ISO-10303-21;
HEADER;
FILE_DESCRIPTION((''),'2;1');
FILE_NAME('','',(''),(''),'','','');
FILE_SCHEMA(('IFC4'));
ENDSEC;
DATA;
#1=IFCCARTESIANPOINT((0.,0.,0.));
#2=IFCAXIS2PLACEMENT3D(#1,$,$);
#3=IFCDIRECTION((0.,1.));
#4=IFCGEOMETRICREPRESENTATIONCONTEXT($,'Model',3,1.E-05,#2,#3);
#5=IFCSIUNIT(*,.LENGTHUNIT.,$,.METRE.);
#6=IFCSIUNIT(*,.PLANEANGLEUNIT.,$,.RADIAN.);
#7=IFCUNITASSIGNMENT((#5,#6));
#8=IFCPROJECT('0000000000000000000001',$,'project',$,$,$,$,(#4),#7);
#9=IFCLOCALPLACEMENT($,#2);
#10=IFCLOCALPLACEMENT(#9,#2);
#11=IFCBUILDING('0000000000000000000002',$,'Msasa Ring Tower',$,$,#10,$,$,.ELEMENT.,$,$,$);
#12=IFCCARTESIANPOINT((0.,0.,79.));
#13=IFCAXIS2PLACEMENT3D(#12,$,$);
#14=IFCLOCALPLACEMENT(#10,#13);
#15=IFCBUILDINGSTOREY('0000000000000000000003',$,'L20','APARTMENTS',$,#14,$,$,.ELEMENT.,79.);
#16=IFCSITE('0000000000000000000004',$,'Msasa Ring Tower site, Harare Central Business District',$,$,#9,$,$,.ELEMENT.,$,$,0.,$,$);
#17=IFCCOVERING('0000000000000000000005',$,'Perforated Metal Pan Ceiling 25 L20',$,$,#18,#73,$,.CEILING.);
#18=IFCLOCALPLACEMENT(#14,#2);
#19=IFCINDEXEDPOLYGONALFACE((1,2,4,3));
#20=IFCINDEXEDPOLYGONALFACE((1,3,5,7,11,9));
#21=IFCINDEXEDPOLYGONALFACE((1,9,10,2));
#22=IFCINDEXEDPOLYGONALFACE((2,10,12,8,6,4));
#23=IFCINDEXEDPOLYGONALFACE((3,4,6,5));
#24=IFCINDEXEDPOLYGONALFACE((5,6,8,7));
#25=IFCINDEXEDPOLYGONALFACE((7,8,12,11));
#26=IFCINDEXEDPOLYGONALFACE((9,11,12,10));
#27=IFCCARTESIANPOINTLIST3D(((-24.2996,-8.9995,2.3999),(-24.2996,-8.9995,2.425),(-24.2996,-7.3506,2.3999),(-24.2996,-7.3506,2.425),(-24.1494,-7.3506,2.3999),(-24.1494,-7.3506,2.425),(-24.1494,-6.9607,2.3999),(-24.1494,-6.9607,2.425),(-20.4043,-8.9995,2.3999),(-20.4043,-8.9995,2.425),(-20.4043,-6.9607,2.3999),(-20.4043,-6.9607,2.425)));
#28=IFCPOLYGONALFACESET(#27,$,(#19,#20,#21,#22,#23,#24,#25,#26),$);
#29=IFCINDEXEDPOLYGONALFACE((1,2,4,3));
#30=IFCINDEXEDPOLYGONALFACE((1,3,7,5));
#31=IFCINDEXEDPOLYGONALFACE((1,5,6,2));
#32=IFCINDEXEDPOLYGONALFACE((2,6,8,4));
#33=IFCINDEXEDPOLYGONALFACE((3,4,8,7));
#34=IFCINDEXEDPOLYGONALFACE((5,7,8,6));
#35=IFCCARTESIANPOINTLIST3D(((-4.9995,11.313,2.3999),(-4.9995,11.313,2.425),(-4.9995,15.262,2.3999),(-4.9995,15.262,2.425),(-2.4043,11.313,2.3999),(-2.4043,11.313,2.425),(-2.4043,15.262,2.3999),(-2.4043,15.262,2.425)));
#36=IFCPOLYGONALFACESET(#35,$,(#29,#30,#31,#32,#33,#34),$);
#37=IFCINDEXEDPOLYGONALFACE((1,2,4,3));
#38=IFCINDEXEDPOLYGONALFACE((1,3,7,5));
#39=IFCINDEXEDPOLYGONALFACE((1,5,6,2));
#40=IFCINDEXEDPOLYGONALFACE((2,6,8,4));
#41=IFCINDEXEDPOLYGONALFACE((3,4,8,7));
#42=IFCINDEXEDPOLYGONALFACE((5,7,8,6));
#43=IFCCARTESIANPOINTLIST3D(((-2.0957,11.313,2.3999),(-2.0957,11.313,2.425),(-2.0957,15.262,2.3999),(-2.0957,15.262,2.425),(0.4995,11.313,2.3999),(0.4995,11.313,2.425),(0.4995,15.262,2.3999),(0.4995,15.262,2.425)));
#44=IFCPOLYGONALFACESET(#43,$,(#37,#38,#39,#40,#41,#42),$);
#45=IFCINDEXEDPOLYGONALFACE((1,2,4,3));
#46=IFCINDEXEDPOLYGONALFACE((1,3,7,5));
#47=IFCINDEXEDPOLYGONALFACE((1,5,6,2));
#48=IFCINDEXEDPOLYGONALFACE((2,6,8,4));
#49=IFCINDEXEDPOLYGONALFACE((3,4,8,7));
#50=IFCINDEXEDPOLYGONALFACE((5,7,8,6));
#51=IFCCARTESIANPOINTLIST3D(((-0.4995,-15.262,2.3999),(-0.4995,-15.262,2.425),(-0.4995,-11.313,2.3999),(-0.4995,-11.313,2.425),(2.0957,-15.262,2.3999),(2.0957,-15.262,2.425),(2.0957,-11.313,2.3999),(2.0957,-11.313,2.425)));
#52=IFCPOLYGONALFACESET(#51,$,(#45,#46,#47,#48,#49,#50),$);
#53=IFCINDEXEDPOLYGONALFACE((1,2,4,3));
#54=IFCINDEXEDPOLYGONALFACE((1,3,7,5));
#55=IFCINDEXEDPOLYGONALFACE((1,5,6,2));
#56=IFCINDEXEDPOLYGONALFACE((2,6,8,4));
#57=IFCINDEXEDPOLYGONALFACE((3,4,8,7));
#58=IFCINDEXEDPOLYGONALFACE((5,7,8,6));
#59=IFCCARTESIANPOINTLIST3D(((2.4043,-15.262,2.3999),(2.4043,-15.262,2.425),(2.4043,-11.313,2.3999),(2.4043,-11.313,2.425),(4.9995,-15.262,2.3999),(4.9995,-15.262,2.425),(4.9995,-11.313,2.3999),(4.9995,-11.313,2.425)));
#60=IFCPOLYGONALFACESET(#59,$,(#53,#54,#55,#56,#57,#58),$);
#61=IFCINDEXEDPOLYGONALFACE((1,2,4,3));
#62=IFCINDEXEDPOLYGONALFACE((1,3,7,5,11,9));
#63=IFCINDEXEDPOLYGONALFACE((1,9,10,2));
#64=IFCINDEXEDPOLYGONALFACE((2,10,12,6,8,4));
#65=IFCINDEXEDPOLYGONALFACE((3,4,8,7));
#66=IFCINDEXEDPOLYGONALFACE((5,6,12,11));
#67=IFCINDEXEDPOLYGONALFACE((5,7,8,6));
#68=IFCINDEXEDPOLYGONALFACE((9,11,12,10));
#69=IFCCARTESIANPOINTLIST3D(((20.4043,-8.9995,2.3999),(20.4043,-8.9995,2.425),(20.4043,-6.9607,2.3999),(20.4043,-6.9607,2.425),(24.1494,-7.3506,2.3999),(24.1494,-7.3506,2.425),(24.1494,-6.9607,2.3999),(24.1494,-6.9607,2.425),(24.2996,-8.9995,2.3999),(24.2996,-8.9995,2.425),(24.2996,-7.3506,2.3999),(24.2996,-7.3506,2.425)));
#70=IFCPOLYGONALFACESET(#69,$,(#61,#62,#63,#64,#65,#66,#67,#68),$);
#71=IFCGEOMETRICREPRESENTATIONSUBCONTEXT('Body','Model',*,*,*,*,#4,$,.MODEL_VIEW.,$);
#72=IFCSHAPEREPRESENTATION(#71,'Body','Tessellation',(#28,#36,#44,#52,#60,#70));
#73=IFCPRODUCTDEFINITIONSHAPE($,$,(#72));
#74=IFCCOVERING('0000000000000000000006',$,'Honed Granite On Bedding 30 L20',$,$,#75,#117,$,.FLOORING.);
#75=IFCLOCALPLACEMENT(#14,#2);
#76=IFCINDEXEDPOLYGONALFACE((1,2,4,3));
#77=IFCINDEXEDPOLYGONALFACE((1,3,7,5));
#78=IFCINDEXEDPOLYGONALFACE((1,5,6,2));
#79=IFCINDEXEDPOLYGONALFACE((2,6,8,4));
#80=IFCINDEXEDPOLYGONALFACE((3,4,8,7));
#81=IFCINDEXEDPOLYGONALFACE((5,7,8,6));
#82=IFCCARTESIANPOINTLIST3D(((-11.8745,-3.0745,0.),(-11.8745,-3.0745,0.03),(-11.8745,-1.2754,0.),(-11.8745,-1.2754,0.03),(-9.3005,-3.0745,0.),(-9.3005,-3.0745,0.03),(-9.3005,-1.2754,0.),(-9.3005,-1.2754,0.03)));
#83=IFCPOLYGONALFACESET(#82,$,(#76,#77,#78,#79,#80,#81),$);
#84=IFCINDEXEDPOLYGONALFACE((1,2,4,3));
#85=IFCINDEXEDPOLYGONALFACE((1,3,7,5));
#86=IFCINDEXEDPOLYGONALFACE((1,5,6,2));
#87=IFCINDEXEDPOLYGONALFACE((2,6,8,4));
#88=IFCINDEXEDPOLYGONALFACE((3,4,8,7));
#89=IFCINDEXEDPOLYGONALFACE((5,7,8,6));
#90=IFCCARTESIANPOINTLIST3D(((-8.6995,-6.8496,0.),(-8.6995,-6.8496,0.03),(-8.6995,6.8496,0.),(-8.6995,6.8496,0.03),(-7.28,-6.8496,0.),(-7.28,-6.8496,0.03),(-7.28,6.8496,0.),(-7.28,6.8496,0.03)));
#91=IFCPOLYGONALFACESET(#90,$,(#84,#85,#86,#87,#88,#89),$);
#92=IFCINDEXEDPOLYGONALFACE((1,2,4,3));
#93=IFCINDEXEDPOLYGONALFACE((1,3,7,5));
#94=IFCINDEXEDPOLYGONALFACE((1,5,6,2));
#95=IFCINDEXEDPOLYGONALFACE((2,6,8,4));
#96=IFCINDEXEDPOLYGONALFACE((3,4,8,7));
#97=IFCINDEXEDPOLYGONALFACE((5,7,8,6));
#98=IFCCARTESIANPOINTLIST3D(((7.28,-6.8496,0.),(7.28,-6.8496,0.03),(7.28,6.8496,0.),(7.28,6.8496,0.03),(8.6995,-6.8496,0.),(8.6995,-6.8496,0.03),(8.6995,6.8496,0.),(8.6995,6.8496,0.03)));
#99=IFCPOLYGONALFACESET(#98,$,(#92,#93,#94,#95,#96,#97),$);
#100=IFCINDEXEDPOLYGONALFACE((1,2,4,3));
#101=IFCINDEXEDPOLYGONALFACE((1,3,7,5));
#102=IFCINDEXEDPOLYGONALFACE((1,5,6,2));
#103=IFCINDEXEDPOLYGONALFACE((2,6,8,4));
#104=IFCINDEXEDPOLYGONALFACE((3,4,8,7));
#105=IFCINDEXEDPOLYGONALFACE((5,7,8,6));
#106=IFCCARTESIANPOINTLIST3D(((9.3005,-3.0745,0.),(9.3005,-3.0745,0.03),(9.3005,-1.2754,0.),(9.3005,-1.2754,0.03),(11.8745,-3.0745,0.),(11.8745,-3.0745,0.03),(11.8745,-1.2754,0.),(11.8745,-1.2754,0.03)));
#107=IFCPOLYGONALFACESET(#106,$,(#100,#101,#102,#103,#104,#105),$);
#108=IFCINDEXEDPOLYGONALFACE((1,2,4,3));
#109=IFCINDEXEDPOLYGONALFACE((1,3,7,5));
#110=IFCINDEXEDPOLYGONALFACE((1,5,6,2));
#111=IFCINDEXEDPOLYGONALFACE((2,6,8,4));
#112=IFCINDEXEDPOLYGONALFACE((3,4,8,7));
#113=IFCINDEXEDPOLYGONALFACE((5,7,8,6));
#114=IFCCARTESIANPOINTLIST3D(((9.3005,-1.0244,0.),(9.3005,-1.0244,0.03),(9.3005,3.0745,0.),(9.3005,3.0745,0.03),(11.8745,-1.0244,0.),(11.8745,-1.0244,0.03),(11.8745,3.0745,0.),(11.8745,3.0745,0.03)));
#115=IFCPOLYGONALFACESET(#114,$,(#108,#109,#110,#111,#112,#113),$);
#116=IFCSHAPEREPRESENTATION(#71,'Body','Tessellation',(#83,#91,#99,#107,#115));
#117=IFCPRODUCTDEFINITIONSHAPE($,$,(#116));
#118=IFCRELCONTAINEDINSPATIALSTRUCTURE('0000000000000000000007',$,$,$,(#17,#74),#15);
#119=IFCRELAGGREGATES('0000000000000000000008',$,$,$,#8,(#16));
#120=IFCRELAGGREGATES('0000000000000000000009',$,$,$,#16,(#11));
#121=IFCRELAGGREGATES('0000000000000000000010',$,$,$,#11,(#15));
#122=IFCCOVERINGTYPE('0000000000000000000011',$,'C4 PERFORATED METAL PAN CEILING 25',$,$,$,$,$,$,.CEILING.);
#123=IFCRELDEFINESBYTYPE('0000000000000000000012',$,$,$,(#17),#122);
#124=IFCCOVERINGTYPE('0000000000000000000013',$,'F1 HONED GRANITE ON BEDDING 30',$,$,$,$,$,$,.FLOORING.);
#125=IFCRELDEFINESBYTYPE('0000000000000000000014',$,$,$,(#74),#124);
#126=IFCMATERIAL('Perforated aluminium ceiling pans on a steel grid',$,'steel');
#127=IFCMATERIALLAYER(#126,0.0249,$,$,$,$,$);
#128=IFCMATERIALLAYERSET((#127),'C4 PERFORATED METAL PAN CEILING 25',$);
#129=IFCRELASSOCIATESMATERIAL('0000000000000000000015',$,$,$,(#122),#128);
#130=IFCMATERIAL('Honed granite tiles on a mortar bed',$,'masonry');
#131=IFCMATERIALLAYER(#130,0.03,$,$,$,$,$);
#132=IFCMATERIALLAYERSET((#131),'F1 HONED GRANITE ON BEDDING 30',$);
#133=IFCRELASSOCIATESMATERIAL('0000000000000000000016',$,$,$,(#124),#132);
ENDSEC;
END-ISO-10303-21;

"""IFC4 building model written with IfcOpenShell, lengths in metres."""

from ifc_helpers import new_model, si_unit, direction, frame, origin, place, context, subcontext, project, spatial, line, indexed_curve, outline, extrude, material, layer, layer_set, type_object, element, save


model = new_model("IFC4")

# Units and contexts
model_context = context("Model", 3, precision=1e-05, world=origin(), true_north=direction((0.0, 1.0)))
body_context = subcontext(model_context, "Body", "Model", "MODEL_VIEW")
ifc_project = project(units=[si_unit("LENGTHUNIT", "METRE"), si_unit("PLANEANGLEUNIT", "RADIAN")], contexts=[model_context])

# Site, building, storey
site_placement = place(None, origin())
site = spatial("IfcSite", under=ifc_project, at=site_placement, Name="Msasa Ring Tower site, Harare Central Business District", CompositionType="ELEMENT", RefElevation=0.0)
building_placement = place(site_placement, origin())
building = spatial("IfcBuilding", under=site, at=building_placement, Name="Msasa Ring Tower", CompositionType="ELEMENT")
storey_placement = place(building_placement, frame((0.0, 0.0, 79.0)))
storey = spatial("IfcBuildingStorey", under=building, at=storey_placement, Name="L20", Description="APARTMENTS", CompositionType="ELEMENT", Elevation=79.0)

# Coverings
ifc_material_1 = material(Name="Perforated aluminium ceiling pans on a steel grid", Category="steel")
ifc_layer_1 = layer(ifc_material_1, 0.0249)
ifc_layer_set_1 = layer_set([ifc_layer_1], Name="C4 PERFORATED METAL PAN CEILING 25")
covering_type_1 = type_object("IfcCoveringType", Name="C4 PERFORATED METAL PAN CEILING 25", PredefinedType="CEILING", material=ifc_layer_set_1)
covering_1_placement = place(storey_placement, frame((0.0, 0.0, 2.3999)))
element("IfcCovering", 1, at=covering_1_placement, inside=storey, type_object=covering_type_1, Name="Perforated Metal Pan Ceiling 25 L20", PredefinedType="CEILING", context=body_context, shape_type="SweptSolid", body=[
    extrude(outline(indexed_curve([(-24.2996, -8.9995), (-24.2996, -7.3506), (-24.1494, -7.3506), (-24.1494, -6.9607), (-20.4043, -6.9607), (-20.4043, -8.9995)], segments=[line(1, 2, 3, 4, 5, 6, 1)], self_intersect=False)), origin(), (0.0, 0.0, 1.0), 0.0251),
    extrude(outline(indexed_curve([(-4.9995, 11.313), (-4.9995, 15.262), (-2.4043, 15.262), (-2.4043, 11.313)], segments=[line(1, 2, 3, 4, 1)], self_intersect=False)), origin(), (0.0, 0.0, 1.0), 0.0251),
    extrude(outline(indexed_curve([(-2.0957, 11.313), (-2.0957, 15.262), (0.4995, 15.262), (0.4995, 11.313)], segments=[line(1, 2, 3, 4, 1)], self_intersect=False)), origin(), (0.0, 0.0, 1.0), 0.0251),
    extrude(outline(indexed_curve([(-0.4995, -15.262), (-0.4995, -11.313), (2.0957, -11.313), (2.0957, -15.262)], segments=[line(1, 2, 3, 4, 1)], self_intersect=False)), origin(), (0.0, 0.0, 1.0), 0.0251),
    extrude(outline(indexed_curve([(2.4043, -15.262), (2.4043, -11.313), (4.9995, -11.313), (4.9995, -15.262)], segments=[line(1, 2, 3, 4, 1)], self_intersect=False)), origin(), (0.0, 0.0, 1.0), 0.0251),
    extrude(outline(indexed_curve([(24.2996, -8.9995), (20.4043, -8.9995), (20.4043, -6.9607), (24.1494, -6.9607), (24.1494, -7.3506), (24.2996, -7.3506)], segments=[line(1, 2, 3, 4, 5, 6, 1)], self_intersect=False)), origin(), (0.0, 0.0, 1.0), 0.0251),
])
ifc_material_2 = material(Name="Honed granite tiles on a mortar bed", Category="masonry")
ifc_layer_2 = layer(ifc_material_2, 0.03)
ifc_layer_set_2 = layer_set([ifc_layer_2], Name="F1 HONED GRANITE ON BEDDING 30")
covering_type_2 = type_object("IfcCoveringType", Name="F1 HONED GRANITE ON BEDDING 30", PredefinedType="FLOORING", material=ifc_layer_set_2)
covering_2_placement = place(storey_placement, origin())
element("IfcCovering", 2, at=covering_2_placement, inside=storey, type_object=covering_type_2, Name="Honed Granite On Bedding 30 L20", PredefinedType="FLOORING", context=body_context, shape_type="SweptSolid", body=[
    extrude(outline(indexed_curve([(-11.8745, -3.0745), (-11.8745, -1.2754), (-9.3005, -1.2754), (-9.3005, -3.0745)], segments=[line(1, 2, 3, 4, 1)], self_intersect=False)), origin(), (0.0, 0.0, 1.0), 0.03),
    extrude(outline(indexed_curve([(-8.6995, -6.8496), (-8.6995, 6.8496), (-7.28, 6.8496), (-7.28, -6.8496)], segments=[line(1, 2, 3, 4, 1)], self_intersect=False)), origin(), (0.0, 0.0, 1.0), 0.03),
    extrude(outline(indexed_curve([(8.6995, 6.8496), (8.6995, -6.8496), (7.28, -6.8496), (7.28, 6.8496)], segments=[line(1, 2, 3, 4, 1)], self_intersect=False)), origin(), (0.0, 0.0, 1.0), 0.03),
    extrude(outline(indexed_curve([(9.3005, -3.0745), (9.3005, -1.2754), (11.8745, -1.2754), (11.8745, -3.0745)], segments=[line(1, 2, 3, 4, 1)], self_intersect=False)), origin(), (0.0, 0.0, 1.0), 0.03),
    extrude(outline(indexed_curve([(9.3005, 3.0745), (11.8745, 3.0745), (11.8745, -1.0244), (9.3005, -1.0244)], segments=[line(1, 2, 3, 4, 1)], self_intersect=False)), origin(), (0.0, 0.0, 1.0), 0.03),
])

save(model, "model.ifc")
